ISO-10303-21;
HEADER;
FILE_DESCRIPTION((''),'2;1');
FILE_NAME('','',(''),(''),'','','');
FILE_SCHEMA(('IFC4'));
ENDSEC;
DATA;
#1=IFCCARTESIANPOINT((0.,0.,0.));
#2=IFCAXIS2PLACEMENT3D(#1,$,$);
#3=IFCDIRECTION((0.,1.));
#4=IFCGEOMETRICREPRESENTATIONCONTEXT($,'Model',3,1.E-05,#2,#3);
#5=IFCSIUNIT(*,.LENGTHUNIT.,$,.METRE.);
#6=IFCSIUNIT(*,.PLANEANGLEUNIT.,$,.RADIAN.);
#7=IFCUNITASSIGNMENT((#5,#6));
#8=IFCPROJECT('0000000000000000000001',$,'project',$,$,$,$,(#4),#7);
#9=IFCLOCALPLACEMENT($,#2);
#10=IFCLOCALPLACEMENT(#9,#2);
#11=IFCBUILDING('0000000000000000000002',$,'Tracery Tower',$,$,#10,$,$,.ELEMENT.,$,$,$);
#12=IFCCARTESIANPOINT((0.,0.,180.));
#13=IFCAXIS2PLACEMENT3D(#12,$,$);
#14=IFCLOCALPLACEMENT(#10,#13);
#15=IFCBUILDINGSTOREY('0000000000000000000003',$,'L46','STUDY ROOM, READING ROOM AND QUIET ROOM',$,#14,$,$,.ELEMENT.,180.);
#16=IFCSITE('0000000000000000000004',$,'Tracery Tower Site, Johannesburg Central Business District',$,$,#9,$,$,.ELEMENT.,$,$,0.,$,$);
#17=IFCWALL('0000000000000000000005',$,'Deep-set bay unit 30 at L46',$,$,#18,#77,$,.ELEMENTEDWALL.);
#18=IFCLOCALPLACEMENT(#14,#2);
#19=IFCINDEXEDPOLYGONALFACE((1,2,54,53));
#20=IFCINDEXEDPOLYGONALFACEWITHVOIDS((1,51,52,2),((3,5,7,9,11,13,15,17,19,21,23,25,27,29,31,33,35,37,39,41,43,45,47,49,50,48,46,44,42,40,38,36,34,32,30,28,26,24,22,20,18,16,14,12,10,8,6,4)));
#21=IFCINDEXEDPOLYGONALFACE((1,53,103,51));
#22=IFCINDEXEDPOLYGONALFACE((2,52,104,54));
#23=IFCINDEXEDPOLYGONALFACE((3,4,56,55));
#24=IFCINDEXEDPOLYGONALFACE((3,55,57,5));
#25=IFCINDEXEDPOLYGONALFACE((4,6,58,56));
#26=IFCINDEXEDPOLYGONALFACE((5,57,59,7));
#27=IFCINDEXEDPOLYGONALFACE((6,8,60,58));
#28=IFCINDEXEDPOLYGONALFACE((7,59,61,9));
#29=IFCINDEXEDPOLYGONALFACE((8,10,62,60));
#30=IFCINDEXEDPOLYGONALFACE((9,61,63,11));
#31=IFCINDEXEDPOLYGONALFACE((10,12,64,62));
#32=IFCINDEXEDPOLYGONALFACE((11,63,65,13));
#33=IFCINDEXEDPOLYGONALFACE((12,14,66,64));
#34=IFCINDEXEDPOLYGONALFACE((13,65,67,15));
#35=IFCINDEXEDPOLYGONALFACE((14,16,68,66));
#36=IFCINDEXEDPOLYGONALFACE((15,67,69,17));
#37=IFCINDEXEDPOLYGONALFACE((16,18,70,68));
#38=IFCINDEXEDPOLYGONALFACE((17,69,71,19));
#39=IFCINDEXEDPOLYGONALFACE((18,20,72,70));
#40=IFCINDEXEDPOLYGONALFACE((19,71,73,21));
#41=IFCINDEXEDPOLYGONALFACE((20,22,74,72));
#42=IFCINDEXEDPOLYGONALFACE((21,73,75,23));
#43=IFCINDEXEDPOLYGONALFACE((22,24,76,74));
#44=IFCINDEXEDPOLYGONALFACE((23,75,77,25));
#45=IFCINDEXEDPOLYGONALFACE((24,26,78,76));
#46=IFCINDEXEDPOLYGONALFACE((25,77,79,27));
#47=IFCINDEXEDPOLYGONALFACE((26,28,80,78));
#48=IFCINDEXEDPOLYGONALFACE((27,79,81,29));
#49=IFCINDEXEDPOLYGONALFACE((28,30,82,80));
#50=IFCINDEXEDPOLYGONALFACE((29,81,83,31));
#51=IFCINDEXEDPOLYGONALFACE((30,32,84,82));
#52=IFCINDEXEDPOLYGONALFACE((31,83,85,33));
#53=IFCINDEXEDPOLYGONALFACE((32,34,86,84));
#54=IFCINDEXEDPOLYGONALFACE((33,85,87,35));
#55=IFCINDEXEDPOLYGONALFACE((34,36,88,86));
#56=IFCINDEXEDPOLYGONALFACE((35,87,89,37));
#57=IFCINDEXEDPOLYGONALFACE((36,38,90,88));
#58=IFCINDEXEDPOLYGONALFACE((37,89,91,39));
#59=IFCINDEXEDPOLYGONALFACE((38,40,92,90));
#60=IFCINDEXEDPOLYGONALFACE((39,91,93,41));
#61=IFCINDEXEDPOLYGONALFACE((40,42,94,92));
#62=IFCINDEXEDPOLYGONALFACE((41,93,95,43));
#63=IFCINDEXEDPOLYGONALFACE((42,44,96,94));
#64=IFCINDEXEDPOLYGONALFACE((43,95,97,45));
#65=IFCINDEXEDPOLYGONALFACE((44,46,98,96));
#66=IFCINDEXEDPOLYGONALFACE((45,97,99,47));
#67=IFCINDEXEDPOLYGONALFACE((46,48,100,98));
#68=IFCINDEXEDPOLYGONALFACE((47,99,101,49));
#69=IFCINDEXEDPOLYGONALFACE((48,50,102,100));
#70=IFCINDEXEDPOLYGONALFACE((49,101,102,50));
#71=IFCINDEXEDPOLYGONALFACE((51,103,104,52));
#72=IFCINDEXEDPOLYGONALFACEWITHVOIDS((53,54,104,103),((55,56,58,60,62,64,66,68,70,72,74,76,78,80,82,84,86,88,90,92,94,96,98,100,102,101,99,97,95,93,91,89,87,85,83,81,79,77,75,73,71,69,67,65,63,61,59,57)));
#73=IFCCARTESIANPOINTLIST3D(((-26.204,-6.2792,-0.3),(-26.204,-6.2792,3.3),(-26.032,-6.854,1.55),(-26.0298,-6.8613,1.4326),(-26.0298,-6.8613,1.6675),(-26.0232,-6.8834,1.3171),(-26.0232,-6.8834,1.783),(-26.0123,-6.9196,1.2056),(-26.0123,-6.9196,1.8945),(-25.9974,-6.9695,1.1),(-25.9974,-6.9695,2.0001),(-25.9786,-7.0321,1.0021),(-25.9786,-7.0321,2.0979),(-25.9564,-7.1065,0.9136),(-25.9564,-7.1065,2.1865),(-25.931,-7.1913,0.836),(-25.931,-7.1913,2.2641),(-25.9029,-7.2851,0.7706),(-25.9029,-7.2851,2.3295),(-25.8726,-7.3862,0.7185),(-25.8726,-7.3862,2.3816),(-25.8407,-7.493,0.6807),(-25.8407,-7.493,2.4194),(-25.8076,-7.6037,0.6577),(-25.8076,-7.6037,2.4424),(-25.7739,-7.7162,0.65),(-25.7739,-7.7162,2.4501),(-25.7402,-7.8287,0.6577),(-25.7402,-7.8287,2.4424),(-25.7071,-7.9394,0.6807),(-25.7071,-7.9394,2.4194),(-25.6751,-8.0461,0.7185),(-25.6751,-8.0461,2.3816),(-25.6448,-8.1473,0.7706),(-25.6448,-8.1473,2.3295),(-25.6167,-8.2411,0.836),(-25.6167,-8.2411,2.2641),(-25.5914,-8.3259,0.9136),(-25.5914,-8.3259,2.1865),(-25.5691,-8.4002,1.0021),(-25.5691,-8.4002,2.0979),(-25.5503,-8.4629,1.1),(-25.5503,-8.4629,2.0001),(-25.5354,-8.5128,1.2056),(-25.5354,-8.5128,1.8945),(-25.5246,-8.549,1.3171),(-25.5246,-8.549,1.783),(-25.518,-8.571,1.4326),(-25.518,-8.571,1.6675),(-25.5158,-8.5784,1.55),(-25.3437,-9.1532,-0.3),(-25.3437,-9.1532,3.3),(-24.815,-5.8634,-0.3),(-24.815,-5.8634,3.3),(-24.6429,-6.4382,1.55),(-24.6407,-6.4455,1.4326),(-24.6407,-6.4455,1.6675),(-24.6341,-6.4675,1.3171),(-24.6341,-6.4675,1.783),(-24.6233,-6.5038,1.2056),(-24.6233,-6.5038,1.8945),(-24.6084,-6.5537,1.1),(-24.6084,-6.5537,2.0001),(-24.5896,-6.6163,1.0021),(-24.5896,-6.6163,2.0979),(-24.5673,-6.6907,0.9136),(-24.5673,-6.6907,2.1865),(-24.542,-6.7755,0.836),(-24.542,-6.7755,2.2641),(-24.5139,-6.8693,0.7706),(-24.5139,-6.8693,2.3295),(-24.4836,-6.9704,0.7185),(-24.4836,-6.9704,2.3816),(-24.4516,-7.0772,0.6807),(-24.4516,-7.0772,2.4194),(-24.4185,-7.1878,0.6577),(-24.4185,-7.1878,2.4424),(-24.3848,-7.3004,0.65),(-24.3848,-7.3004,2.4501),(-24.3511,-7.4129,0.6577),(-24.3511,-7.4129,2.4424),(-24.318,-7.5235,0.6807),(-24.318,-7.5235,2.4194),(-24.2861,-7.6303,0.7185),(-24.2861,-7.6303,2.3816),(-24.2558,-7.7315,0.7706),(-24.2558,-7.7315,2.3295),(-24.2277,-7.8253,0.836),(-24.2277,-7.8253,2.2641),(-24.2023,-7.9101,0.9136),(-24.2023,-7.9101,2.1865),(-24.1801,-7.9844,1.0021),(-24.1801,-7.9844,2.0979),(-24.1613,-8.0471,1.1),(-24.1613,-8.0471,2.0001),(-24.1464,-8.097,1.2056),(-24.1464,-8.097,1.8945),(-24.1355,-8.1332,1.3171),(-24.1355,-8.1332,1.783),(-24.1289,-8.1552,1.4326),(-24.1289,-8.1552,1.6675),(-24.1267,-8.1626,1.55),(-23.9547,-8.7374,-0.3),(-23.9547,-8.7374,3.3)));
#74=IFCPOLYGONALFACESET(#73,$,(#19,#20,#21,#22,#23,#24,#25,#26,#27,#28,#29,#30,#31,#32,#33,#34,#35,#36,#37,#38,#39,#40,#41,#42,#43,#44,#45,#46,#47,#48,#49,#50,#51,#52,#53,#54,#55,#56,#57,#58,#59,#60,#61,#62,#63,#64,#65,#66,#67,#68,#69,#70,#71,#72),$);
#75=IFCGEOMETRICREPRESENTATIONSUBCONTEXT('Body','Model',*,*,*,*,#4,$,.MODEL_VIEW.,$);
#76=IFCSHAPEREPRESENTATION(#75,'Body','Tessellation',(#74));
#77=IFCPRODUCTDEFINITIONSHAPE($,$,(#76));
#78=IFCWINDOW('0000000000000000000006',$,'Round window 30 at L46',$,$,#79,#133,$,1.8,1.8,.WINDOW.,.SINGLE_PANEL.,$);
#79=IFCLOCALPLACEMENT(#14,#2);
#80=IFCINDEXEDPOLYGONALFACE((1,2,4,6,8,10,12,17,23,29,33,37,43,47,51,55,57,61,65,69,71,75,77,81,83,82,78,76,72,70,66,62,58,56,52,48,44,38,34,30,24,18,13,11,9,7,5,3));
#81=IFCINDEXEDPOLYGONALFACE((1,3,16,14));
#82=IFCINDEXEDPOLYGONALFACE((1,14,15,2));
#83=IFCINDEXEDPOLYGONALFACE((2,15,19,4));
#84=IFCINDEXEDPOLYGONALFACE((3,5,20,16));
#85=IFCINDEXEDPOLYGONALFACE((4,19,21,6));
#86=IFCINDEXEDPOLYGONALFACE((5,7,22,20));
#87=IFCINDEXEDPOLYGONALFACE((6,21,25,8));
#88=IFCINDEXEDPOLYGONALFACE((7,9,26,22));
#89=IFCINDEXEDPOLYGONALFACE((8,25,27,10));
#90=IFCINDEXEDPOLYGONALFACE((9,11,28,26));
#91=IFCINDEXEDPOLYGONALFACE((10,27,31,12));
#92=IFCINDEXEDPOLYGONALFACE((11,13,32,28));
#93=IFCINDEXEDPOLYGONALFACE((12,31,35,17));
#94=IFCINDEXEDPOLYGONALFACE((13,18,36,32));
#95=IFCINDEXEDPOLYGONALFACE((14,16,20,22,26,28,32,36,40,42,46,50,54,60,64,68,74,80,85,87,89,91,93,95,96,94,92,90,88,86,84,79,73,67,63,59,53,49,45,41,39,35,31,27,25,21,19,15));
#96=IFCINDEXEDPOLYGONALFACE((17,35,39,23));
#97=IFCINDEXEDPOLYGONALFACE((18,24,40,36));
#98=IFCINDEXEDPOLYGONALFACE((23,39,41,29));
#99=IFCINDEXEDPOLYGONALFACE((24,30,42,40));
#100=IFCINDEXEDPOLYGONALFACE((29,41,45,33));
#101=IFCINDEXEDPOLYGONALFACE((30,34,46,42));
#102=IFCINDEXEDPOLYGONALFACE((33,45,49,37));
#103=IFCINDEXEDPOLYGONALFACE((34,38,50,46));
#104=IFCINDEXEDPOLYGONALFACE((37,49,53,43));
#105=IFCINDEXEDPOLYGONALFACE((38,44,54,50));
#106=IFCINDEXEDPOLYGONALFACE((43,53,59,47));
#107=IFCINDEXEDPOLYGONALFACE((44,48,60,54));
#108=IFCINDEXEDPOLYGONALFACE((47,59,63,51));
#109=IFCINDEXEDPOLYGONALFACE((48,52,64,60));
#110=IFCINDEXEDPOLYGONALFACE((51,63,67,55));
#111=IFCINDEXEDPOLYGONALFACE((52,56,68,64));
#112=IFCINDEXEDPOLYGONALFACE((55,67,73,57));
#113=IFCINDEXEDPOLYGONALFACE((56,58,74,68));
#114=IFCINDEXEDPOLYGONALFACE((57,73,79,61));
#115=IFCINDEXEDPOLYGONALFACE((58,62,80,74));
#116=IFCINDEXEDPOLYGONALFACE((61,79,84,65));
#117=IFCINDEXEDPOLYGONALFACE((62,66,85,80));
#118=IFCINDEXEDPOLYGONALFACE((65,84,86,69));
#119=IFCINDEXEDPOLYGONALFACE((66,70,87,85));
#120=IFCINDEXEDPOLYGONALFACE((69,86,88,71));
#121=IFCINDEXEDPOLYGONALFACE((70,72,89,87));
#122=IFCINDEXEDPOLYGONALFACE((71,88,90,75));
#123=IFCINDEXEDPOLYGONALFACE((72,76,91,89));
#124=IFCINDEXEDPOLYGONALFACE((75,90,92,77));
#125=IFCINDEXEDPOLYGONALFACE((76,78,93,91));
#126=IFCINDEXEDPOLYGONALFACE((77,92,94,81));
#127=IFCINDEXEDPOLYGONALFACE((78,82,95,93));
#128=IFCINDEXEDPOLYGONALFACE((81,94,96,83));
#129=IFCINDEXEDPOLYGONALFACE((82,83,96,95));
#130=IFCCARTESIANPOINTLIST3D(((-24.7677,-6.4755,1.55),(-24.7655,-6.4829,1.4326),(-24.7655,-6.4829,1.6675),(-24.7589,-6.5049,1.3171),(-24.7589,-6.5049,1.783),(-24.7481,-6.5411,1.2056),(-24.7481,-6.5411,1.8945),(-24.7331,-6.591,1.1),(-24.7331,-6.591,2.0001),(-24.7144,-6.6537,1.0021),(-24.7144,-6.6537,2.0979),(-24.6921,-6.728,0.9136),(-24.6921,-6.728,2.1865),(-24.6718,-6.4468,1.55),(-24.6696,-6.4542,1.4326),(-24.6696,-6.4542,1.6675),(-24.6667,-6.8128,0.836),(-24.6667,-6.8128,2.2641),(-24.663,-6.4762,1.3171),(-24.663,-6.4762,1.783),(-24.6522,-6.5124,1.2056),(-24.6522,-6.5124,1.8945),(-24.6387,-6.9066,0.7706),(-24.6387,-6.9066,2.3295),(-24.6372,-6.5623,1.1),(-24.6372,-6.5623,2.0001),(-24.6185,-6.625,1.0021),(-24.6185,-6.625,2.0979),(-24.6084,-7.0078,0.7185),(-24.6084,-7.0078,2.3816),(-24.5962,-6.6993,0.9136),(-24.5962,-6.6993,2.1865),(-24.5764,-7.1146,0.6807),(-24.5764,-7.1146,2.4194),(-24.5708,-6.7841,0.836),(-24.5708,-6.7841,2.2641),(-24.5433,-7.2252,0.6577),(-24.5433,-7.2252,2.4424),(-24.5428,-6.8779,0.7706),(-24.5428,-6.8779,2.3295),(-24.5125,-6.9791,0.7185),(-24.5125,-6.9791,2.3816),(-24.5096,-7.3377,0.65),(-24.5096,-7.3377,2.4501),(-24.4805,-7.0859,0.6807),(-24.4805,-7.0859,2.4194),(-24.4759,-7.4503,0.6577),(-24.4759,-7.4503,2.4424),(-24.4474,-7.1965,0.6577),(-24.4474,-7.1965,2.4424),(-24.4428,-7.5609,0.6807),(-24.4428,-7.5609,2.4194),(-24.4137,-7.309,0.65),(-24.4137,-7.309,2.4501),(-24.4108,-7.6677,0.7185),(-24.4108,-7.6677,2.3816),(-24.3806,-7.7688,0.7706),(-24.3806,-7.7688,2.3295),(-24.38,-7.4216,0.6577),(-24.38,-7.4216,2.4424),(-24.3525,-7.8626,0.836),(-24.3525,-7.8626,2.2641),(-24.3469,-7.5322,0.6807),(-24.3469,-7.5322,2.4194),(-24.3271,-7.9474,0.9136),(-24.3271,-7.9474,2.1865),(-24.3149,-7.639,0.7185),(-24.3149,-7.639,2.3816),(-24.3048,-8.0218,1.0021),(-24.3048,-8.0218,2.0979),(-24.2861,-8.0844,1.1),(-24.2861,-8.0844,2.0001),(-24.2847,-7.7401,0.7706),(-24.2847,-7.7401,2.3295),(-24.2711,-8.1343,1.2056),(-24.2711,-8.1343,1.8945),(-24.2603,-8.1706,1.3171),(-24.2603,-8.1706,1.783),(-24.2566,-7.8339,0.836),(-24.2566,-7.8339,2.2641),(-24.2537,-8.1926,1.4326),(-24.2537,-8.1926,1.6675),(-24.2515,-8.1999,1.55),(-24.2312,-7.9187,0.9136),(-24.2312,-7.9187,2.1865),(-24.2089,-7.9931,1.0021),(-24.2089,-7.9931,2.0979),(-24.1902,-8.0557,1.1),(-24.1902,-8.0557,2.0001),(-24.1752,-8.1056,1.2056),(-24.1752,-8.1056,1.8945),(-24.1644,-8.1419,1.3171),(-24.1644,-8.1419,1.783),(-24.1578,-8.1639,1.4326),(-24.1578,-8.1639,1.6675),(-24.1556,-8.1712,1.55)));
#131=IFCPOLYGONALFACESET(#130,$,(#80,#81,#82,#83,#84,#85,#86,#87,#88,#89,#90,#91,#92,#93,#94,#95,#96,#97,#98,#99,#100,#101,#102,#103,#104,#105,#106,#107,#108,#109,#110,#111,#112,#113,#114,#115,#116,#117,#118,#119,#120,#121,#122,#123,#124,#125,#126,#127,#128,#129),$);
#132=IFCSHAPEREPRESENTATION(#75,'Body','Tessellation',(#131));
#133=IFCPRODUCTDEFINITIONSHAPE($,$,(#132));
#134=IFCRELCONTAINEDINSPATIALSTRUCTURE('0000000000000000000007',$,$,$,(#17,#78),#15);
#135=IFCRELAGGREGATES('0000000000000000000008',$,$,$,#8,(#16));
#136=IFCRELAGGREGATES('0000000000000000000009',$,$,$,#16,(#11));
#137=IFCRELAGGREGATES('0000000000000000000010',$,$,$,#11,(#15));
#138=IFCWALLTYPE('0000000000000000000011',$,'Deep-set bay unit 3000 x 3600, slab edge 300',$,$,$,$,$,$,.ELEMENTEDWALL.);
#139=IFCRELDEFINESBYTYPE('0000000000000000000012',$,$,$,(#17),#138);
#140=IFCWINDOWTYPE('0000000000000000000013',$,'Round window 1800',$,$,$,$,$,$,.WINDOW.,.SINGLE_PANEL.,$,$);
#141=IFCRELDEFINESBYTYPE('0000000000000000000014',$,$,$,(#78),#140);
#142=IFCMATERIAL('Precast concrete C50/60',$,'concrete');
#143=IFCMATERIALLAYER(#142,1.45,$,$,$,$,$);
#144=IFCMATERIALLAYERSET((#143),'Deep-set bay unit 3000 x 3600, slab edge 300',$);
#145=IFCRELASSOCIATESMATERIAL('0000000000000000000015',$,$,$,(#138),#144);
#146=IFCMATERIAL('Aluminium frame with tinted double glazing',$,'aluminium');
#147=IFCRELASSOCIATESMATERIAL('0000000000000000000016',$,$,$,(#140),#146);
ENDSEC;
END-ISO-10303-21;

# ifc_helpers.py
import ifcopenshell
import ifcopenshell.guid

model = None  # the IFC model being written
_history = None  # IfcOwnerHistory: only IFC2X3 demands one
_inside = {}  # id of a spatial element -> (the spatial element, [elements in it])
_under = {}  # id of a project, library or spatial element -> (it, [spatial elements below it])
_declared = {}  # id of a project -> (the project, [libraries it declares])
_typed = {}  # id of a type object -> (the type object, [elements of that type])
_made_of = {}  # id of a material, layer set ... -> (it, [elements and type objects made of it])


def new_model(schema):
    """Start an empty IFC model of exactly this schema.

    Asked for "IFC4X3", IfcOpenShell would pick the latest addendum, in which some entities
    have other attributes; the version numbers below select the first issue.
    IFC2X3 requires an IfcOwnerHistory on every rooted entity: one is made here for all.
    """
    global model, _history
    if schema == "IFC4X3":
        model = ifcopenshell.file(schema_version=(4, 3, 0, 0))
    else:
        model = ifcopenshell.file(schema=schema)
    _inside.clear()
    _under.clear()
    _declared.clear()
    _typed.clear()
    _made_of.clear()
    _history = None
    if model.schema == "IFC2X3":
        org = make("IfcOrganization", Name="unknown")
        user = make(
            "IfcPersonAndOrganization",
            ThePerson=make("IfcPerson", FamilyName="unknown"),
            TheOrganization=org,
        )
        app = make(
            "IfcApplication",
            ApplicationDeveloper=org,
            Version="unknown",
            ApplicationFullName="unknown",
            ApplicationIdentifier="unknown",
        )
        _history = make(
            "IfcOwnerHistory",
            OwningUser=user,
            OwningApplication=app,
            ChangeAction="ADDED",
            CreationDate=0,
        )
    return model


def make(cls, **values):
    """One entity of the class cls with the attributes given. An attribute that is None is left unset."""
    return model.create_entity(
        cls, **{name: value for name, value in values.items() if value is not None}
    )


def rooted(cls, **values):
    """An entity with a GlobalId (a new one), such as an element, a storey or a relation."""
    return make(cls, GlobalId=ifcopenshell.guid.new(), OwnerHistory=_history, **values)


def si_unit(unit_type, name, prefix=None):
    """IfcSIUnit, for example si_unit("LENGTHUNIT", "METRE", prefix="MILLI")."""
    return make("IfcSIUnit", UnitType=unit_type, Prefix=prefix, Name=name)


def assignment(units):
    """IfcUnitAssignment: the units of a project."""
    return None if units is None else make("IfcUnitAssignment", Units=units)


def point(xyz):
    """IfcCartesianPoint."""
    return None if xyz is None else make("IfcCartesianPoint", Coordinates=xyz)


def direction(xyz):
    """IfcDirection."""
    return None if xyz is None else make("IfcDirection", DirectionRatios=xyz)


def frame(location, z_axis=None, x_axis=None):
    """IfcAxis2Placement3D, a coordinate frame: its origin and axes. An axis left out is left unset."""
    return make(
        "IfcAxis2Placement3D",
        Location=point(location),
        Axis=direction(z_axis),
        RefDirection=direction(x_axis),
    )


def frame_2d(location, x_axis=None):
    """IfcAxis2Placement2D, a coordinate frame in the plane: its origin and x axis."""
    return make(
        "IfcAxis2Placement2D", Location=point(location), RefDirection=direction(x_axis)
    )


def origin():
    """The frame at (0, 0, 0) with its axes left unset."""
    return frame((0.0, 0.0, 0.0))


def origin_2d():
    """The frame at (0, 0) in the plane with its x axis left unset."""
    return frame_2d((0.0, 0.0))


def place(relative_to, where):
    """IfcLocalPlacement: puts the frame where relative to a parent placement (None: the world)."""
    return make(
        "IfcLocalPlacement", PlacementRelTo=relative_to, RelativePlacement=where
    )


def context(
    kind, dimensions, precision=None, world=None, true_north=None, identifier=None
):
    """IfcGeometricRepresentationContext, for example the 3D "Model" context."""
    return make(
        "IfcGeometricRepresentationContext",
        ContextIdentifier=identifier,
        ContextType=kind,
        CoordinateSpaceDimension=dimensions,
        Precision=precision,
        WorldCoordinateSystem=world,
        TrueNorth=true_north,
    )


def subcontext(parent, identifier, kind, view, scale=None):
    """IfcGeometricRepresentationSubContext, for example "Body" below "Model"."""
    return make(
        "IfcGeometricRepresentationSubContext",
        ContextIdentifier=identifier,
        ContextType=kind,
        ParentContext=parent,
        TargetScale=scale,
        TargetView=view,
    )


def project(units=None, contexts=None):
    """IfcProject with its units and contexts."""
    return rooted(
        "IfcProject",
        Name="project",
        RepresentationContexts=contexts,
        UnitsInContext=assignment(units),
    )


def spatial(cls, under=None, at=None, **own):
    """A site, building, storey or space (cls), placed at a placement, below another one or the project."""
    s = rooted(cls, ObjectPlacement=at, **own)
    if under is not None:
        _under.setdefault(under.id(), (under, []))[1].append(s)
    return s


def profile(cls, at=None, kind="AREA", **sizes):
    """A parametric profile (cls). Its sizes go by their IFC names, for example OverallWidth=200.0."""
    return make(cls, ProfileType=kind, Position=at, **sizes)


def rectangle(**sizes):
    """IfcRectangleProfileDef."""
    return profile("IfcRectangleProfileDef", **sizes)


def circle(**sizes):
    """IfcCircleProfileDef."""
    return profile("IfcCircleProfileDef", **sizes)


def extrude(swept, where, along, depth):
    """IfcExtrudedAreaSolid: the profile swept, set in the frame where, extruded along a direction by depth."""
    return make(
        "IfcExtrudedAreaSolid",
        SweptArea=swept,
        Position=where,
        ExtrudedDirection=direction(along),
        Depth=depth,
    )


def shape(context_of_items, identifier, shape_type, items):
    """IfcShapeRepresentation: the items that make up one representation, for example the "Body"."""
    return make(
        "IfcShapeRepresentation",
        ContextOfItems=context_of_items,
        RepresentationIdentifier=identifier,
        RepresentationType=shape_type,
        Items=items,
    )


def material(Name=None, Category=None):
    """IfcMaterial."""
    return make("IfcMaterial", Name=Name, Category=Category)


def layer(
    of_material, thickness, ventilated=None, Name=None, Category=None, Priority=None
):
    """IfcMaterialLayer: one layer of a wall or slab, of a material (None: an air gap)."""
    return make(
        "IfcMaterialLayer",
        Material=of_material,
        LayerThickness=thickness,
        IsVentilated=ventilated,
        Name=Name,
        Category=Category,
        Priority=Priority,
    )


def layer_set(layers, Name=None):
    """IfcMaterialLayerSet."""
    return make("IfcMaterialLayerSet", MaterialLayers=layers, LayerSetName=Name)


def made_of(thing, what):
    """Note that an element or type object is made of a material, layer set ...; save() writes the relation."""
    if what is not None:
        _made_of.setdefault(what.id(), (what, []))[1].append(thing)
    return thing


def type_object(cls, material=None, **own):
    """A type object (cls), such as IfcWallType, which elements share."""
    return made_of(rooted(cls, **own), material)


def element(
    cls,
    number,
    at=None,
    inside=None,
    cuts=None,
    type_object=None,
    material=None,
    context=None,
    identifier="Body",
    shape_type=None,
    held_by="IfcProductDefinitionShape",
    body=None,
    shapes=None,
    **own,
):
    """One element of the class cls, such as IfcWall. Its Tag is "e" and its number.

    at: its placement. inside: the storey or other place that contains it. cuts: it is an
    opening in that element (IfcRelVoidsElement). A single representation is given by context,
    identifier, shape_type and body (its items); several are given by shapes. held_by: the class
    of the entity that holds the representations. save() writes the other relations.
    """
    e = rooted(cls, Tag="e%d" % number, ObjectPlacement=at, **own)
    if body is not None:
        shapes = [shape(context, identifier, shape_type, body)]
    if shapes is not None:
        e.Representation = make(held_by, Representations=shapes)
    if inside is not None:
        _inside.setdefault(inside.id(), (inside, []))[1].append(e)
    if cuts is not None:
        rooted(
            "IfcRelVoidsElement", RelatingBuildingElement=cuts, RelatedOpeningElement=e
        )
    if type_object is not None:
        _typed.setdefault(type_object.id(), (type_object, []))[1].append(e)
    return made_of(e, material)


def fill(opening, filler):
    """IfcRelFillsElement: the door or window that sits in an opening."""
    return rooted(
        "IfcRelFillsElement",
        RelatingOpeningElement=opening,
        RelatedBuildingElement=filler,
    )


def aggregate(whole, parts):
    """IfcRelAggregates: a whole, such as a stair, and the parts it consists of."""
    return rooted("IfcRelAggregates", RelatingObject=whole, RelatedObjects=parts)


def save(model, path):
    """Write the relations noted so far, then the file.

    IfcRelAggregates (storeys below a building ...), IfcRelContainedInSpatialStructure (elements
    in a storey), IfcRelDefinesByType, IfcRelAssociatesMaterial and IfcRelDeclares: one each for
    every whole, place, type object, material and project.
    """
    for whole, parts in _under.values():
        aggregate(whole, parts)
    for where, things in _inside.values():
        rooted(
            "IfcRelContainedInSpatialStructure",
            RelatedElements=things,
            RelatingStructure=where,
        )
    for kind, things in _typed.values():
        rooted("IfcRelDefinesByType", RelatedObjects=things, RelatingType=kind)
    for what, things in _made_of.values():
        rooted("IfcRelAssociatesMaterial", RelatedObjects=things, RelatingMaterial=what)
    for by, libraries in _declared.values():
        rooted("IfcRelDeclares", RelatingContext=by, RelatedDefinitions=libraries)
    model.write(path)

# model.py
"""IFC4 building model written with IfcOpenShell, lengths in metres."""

from ifc_helpers import new_model, si_unit, direction, frame, frame_2d, origin, origin_2d, place, context, subcontext, project, spatial, rectangle, circle, extrude, material, layer, layer_set, type_object, element, fill, save


model = new_model("IFC4")

# Units and contexts
model_context = context("Model", 3, precision=1e-05, world=origin(), true_north=direction((0.0, 1.0)))
body_context = subcontext(model_context, "Body", "Model", "MODEL_VIEW")
ifc_project = project(units=[si_unit("LENGTHUNIT", "METRE"), si_unit("PLANEANGLEUNIT", "RADIAN")], contexts=[model_context])

# Site, building, storey
site_placement = place(None, origin())
site = spatial("IfcSite", under=ifc_project, at=site_placement, Name="Tracery Tower Site, Johannesburg Central Business District", CompositionType="ELEMENT", RefElevation=0.0)
building_placement = place(site_placement, origin())
building = spatial("IfcBuilding", under=site, at=building_placement, Name="Tracery Tower", CompositionType="ELEMENT")
storey_placement = place(building_placement, frame((0.0, 0.0, 180.0)))
storey = spatial("IfcBuildingStorey", under=building, at=storey_placement, Name="L46", Description="STUDY ROOM, READING ROOM AND QUIET ROOM", CompositionType="ELEMENT", Elevation=180.0)

# Wall, opening, window
ifc_material_1 = material(Name="Precast concrete C50/60", Category="concrete")
ifc_layer_1 = layer(ifc_material_1, 1.45)
ifc_layer_set_1 = layer_set([ifc_layer_1], Name="Deep-set bay unit 3000 x 3600, slab edge 300")
wall_type_1 = type_object("IfcWallType", Name="Deep-set bay unit 3000 x 3600, slab edge 300", PredefinedType="ELEMENTEDWALL", material=ifc_layer_set_1)
wall_1_placement = place(storey_placement, frame((-25.5095, -6.0713, -0.3), z_axis=(0.0, 0.0, 1.0), x_axis=(0.28678, -0.957996, 0.0)))
wall_1 = element("IfcWall", 1, at=wall_1_placement, inside=storey, type_object=wall_type_1, Name="Deep-set bay unit 30 at L46", PredefinedType="ELEMENTEDWALL", context=body_context, shape_type="SweptSolid", body=[
    extrude(rectangle(XDim=3.0, YDim=1.45, at=frame_2d((1.5, 0.0))), origin(), (0.0, 0.0, 1.0), 3.6001),
])
opening_1_placement = place(wall_1_placement, frame((1.5, 0.0, 1.8501)))
opening_1 = element("IfcOpeningElement", 2, at=opening_1_placement, cuts=wall_1, PredefinedType="OPENING", context=body_context, shape_type="SweptSolid", body=[
    extrude(circle(Radius=0.9, at=origin_2d()), frame((0.0, 0.7349, 0.0), z_axis=(0.0, -1.0, 0.0), x_axis=(1.0, 0.0, 0.0)), (0.0, 0.0, 1.0), 1.47),
])
ifc_material_2 = material(Name="Aluminium frame with tinted double glazing", Category="aluminium")
window_type = type_object("IfcWindowType", Name="Round window 1800", PartitioningType="SINGLE_PANEL", PredefinedType="WINDOW", material=ifc_material_2)
window_1_placement = place(opening_1_placement, origin())
window_1 = element("IfcWindow", 3, at=window_1_placement, inside=storey, type_object=window_type, Name="Round window 30 at L46", OverallHeight=1.8, OverallWidth=1.8, PartitioningType="SINGLE_PANEL", PredefinedType="WINDOW", context=body_context, shape_type="SweptSolid", body=[
    extrude(circle(Radius=0.9, at=origin_2d()), frame((0.0, 0.6948, 0.0), z_axis=(0.0, -1.0, 0.0), x_axis=(1.0, 0.0, 0.0)), (0.0, 0.0, 1.0), 0.1001),
])
fill(opening_1, window_1)

save(model, "model.ifc")
